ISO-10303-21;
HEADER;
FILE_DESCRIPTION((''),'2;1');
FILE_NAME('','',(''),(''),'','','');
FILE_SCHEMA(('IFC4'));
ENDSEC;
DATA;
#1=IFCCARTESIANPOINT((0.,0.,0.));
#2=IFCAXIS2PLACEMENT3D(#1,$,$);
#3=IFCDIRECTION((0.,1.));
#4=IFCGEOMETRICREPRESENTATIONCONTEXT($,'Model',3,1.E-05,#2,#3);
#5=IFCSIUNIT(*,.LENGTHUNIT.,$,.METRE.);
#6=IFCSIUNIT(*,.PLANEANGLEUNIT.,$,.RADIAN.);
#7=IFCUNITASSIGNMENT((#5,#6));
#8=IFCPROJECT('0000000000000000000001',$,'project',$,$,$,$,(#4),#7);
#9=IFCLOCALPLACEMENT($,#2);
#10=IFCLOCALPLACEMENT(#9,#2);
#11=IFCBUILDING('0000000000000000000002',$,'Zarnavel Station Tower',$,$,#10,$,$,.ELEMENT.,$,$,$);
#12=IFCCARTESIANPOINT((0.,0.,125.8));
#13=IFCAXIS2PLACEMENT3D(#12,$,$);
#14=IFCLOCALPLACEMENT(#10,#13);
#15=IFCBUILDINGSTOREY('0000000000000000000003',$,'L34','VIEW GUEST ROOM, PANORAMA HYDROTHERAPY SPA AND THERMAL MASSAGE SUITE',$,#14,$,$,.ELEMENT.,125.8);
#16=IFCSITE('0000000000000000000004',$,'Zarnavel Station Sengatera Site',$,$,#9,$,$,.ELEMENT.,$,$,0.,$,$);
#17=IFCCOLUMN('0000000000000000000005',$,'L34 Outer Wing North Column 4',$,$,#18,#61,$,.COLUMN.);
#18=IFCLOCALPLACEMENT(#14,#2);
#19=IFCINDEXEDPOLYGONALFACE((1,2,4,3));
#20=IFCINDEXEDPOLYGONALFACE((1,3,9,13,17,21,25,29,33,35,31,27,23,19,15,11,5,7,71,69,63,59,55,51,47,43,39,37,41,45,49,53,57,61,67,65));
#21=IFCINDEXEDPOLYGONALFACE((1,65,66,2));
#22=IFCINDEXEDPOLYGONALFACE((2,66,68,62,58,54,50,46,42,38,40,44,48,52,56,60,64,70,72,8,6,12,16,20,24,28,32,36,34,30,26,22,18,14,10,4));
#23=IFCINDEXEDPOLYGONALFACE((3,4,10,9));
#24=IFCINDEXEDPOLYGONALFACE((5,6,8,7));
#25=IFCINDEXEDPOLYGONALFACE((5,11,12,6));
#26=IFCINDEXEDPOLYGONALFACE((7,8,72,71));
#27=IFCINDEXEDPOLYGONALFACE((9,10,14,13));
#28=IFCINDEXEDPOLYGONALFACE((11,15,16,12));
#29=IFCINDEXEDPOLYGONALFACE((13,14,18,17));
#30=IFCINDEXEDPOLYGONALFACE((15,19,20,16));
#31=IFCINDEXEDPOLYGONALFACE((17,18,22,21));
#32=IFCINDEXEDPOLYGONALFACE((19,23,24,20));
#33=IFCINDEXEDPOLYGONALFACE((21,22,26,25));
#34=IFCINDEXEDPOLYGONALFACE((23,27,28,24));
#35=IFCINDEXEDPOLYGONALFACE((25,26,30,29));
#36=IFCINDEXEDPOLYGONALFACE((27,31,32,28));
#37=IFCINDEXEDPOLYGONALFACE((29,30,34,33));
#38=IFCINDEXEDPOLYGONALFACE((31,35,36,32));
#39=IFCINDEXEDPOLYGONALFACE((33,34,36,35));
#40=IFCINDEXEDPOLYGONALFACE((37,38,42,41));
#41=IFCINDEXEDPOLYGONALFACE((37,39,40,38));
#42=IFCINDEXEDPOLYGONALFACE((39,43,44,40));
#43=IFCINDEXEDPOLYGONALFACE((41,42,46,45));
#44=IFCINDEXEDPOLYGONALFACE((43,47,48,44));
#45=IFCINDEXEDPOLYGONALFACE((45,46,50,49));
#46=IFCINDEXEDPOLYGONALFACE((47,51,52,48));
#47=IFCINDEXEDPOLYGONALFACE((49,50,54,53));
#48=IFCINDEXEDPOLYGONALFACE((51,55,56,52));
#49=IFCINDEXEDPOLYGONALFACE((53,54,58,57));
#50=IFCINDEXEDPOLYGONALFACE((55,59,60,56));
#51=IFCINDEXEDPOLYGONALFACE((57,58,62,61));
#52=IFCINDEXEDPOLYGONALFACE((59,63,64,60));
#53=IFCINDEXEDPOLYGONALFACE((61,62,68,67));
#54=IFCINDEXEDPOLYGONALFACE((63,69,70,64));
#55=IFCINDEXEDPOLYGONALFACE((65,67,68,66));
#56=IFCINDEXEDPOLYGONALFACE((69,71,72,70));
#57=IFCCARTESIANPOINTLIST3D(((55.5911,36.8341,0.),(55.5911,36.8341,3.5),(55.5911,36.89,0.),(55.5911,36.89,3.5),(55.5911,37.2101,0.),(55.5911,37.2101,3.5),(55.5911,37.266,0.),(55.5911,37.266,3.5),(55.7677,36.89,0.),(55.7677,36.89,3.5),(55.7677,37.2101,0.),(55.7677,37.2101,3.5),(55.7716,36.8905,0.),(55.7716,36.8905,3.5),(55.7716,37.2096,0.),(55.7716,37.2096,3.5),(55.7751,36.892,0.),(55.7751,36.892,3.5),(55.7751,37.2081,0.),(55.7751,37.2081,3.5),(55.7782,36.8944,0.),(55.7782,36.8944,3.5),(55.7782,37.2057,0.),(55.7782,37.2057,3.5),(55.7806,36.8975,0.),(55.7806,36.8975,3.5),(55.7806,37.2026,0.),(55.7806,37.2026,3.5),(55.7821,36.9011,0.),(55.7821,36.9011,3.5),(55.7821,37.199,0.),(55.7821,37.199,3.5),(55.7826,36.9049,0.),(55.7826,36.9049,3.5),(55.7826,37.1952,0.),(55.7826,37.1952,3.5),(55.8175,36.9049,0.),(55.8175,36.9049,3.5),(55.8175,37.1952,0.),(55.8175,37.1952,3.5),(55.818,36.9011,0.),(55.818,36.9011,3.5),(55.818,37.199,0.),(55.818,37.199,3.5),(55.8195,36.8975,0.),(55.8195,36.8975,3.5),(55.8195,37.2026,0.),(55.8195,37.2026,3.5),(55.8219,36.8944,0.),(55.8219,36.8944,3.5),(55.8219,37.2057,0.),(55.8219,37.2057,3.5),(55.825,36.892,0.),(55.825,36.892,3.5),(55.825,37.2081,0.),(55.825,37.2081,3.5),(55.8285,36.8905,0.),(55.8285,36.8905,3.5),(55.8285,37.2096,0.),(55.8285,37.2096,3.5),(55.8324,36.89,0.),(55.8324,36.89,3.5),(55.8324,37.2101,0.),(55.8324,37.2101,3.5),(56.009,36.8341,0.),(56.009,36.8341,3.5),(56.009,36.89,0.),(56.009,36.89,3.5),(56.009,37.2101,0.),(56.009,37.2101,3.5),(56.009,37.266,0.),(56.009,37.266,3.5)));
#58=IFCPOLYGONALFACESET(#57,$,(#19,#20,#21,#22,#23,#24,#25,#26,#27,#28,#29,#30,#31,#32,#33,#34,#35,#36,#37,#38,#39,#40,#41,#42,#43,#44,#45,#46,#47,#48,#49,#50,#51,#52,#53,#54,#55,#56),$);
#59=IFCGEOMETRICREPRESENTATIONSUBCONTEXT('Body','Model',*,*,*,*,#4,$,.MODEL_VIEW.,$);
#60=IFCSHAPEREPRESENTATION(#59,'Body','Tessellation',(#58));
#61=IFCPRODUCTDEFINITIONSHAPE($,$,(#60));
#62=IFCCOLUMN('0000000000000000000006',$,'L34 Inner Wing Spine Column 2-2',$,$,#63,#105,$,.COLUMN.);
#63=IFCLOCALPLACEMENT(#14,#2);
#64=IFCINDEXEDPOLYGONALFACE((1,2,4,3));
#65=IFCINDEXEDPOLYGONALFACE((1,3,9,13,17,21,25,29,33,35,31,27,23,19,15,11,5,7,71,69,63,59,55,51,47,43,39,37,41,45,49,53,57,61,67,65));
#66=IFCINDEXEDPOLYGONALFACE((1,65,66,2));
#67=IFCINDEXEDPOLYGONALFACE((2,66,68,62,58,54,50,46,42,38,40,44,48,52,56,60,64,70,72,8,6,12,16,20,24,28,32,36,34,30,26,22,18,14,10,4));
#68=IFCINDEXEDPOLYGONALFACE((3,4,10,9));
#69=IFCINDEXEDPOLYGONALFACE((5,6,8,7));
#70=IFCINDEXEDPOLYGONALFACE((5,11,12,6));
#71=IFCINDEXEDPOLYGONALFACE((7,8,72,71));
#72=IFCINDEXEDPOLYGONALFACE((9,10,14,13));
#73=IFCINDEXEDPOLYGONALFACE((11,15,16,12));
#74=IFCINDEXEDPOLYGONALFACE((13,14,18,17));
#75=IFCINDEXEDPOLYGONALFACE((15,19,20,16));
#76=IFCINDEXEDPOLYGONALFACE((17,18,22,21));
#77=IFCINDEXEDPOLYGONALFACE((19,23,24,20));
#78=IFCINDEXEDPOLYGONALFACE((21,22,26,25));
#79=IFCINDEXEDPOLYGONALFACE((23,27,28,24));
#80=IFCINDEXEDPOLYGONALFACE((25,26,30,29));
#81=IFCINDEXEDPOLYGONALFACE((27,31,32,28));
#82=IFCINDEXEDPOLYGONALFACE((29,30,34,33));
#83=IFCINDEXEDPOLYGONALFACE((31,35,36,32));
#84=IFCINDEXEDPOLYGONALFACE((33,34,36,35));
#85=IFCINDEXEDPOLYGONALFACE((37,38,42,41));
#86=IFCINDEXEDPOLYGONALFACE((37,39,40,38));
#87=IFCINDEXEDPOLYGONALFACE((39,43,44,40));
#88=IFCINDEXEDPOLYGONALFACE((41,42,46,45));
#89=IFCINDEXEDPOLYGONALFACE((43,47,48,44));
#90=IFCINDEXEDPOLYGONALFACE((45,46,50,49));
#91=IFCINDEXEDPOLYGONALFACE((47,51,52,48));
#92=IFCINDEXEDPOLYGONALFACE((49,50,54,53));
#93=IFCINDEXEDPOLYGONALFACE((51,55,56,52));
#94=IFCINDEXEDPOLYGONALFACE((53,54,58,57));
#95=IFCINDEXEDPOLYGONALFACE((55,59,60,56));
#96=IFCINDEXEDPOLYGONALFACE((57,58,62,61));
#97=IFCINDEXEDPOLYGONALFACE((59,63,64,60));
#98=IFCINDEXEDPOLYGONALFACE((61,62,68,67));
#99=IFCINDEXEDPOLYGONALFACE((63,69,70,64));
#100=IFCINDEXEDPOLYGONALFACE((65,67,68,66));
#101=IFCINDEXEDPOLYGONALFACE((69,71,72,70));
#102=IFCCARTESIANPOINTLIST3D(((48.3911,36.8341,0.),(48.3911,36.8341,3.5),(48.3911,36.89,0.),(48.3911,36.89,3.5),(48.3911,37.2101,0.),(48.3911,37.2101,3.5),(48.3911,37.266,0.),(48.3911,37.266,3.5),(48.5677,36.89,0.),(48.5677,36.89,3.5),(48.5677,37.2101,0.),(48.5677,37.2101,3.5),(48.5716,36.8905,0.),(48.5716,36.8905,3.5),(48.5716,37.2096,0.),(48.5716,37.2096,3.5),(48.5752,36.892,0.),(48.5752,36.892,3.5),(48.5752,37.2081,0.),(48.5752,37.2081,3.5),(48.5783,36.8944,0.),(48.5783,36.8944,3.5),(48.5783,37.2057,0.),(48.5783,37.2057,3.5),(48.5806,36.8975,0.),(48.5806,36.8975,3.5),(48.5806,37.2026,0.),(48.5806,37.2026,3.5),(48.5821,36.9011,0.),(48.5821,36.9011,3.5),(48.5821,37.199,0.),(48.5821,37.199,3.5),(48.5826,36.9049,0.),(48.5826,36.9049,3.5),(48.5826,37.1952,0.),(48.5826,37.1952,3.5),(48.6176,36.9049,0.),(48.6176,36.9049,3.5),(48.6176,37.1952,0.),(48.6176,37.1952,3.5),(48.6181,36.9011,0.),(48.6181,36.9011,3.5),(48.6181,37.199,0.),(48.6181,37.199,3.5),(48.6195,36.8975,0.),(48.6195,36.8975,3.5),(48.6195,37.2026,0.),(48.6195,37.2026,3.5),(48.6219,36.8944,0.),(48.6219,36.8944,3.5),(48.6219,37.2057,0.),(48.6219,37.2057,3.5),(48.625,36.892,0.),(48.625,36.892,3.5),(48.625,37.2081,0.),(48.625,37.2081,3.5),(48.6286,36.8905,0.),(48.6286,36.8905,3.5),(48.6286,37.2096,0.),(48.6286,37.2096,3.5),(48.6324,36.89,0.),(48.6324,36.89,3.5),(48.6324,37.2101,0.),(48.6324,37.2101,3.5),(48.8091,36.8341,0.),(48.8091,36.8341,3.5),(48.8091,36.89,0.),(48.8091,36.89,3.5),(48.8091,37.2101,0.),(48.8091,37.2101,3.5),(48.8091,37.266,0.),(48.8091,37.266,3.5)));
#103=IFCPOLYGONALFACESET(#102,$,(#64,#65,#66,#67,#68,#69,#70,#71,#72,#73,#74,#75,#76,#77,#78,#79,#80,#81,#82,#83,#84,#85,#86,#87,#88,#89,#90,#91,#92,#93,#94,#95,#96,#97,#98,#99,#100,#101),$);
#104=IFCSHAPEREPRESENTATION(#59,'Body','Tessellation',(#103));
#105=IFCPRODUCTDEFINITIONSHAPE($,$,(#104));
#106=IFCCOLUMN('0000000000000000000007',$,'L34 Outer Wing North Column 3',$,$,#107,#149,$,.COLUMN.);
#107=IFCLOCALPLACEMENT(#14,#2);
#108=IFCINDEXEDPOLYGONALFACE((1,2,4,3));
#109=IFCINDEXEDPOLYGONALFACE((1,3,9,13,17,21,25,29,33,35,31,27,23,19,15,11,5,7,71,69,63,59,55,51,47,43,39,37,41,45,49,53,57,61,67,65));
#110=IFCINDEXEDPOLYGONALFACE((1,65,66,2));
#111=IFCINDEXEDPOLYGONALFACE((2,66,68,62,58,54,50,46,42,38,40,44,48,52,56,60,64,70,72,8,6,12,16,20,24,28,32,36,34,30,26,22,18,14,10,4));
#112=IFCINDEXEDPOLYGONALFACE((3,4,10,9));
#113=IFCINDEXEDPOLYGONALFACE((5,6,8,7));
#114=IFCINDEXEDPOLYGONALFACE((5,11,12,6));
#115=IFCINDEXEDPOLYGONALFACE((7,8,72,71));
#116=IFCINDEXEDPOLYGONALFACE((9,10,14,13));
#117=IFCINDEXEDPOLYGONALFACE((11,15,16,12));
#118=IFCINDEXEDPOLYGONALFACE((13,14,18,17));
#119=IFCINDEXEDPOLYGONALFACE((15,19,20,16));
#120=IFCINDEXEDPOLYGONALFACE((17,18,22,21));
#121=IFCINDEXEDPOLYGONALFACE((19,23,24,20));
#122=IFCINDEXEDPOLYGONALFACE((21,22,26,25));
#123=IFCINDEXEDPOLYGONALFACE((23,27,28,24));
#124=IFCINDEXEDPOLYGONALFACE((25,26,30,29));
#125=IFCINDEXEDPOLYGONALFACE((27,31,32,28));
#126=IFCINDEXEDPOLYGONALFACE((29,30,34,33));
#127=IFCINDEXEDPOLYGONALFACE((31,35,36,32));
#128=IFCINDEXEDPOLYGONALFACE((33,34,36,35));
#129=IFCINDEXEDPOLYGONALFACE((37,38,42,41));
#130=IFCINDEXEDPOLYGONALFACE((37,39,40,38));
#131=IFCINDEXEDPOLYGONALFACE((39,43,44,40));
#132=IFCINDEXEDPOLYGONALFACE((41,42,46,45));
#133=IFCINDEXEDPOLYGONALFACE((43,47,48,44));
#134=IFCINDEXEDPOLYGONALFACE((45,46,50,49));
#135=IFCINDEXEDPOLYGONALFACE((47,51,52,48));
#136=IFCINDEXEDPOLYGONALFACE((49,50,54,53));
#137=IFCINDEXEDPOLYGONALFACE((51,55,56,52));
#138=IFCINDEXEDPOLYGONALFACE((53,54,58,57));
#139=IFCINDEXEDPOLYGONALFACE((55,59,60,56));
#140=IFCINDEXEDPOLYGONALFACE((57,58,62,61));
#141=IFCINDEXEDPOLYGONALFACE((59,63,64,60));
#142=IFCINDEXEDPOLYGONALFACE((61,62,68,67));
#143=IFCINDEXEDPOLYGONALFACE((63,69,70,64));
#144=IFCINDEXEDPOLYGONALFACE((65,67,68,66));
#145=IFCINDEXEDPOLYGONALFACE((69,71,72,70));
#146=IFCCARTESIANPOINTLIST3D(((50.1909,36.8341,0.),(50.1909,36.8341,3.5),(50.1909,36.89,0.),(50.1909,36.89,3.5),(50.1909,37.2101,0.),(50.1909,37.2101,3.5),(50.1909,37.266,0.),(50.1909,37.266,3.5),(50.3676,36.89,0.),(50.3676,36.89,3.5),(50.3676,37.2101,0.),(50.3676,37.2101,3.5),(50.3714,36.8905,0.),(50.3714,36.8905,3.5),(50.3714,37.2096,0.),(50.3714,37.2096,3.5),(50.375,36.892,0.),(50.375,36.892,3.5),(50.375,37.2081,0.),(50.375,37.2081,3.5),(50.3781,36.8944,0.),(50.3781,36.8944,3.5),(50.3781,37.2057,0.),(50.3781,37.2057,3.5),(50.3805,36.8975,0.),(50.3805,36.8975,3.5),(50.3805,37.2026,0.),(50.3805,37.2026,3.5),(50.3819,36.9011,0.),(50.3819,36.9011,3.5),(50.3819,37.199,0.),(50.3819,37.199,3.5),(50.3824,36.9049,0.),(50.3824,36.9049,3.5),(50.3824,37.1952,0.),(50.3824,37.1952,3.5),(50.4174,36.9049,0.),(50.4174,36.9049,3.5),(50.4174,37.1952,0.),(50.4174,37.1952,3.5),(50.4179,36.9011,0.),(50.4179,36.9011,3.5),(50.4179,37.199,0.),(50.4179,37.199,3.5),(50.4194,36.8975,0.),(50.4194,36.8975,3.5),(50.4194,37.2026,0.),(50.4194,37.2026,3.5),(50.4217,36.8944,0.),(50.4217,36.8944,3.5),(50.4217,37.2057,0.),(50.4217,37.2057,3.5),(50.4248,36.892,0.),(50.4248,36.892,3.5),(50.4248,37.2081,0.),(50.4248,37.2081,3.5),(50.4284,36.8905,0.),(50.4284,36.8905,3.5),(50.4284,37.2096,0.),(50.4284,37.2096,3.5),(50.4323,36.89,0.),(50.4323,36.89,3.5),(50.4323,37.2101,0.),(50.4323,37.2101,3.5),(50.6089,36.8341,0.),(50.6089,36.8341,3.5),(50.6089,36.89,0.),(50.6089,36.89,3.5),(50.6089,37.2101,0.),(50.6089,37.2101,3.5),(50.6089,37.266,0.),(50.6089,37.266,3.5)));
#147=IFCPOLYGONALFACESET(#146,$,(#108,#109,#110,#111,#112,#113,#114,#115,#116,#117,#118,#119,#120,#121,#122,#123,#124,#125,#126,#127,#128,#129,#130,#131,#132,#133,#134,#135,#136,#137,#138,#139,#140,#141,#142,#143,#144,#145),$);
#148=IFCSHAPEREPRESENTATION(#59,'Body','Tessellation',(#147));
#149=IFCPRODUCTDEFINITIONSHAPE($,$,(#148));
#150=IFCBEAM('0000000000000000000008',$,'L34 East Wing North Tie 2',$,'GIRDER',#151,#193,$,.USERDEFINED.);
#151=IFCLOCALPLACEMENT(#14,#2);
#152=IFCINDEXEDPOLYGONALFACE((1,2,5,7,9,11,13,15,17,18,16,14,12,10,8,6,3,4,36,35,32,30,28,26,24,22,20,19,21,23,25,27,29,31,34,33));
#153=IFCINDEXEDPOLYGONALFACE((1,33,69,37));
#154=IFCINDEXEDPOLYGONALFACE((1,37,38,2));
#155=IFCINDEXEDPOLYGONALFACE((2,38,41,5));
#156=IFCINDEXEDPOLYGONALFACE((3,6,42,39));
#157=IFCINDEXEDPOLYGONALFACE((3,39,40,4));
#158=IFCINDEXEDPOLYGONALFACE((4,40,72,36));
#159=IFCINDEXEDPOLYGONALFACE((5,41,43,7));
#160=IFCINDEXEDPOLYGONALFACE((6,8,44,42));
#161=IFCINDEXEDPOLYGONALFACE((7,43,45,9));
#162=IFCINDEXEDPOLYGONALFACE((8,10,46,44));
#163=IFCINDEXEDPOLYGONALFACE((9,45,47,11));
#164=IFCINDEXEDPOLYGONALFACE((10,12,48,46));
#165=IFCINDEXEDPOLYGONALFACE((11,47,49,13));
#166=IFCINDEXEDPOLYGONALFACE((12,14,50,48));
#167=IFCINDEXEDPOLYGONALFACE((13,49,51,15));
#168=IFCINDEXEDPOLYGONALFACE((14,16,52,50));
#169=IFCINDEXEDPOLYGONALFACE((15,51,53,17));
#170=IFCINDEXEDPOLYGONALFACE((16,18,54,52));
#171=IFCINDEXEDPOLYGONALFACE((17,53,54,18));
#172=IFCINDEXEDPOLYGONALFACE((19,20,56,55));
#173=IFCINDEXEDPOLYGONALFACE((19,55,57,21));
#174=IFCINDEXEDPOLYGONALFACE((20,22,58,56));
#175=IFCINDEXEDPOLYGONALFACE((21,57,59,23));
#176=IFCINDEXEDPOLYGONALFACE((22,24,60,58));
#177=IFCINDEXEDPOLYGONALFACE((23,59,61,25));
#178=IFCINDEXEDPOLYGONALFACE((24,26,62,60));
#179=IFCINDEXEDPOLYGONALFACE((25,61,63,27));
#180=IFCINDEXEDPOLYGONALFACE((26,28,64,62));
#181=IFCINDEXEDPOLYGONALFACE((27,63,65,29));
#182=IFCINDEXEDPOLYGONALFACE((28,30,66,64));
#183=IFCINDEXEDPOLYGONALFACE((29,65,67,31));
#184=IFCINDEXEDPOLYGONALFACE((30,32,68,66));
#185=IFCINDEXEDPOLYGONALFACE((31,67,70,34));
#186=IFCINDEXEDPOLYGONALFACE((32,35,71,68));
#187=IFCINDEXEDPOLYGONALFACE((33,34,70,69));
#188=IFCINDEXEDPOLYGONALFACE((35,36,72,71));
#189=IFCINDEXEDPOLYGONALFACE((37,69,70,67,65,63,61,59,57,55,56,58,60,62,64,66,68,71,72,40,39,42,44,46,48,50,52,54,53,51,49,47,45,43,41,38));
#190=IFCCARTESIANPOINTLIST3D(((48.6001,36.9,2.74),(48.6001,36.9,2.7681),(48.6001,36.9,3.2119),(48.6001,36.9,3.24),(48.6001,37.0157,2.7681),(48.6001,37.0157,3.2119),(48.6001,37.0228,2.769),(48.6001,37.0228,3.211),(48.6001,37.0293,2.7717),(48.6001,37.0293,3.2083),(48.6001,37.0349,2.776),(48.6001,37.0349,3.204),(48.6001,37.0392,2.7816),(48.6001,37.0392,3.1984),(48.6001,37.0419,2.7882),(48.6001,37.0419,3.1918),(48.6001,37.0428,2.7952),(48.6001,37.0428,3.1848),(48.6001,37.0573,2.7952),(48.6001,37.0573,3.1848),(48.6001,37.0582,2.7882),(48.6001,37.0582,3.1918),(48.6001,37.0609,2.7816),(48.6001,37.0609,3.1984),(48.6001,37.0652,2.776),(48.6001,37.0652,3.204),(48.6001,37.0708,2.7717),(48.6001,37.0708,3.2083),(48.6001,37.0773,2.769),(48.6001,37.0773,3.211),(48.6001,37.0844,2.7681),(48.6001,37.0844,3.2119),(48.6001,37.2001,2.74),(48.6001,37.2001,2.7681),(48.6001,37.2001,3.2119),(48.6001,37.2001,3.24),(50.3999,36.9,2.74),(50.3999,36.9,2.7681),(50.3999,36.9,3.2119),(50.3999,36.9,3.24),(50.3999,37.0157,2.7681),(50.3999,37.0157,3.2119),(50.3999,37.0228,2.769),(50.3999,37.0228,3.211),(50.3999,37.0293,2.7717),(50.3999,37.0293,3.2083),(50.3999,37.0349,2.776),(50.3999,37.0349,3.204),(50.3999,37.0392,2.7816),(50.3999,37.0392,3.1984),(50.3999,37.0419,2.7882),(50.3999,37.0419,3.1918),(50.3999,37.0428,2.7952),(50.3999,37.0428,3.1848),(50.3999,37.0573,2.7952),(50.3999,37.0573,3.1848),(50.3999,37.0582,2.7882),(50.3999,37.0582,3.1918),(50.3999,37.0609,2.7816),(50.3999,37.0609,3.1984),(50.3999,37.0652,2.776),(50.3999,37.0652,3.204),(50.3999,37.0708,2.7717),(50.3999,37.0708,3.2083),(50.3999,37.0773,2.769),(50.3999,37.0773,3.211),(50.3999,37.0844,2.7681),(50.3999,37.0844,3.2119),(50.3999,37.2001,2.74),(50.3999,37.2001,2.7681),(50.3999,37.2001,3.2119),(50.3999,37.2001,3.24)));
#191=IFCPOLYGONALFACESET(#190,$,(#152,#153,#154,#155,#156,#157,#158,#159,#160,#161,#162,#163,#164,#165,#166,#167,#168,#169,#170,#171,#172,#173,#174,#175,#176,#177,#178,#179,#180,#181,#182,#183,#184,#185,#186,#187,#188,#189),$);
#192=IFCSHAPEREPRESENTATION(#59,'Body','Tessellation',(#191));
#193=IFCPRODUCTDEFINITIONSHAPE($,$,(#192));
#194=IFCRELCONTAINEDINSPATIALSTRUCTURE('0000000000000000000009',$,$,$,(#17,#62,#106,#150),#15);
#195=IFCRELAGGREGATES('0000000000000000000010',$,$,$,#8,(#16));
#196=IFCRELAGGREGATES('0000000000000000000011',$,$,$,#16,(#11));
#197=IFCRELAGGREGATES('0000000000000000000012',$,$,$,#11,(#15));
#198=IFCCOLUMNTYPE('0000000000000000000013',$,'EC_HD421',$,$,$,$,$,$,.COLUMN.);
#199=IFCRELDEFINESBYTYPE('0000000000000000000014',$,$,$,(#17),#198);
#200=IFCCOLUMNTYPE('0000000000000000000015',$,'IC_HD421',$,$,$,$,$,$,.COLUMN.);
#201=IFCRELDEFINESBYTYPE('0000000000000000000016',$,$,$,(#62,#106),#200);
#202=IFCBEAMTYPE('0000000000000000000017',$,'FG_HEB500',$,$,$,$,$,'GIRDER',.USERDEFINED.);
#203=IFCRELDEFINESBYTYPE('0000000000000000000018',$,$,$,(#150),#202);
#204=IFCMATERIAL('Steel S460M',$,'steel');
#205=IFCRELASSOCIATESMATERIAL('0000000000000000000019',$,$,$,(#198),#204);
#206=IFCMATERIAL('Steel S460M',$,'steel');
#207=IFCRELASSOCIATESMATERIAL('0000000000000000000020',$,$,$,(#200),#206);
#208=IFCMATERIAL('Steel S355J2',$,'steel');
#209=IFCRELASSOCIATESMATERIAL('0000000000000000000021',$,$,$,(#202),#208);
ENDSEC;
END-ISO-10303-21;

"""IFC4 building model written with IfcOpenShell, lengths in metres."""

from ifc_helpers import new_model, si_unit, direction, frame, origin, origin_2d, place, context, subcontext, project, spatial, i_section, extrude, material, material_profile, profile_set, type_object, element, save


model = new_model("IFC4")

# Units and contexts
model_context = context("Model", 3, precision=1e-05, world=origin(), true_north=direction((0.0, 1.0)))
body_context = subcontext(model_context, "Body", "Model", "MODEL_VIEW")
ifc_project = project(units=[si_unit("LENGTHUNIT", "METRE"), si_unit("PLANEANGLEUNIT", "RADIAN")], contexts=[model_context])

# Site, building, storey
site_placement = place(None, origin())
site = spatial("IfcSite", under=ifc_project, at=site_placement, Name="Zarnavel Station Sengatera Site", CompositionType="ELEMENT", RefElevation=0.0)
building_placement = place(site_placement, origin())
building = spatial("IfcBuilding", under=site, at=building_placement, Name="Zarnavel Station Tower", CompositionType="ELEMENT")
storey_placement = place(building_placement, frame((0.0, 0.0, 125.8)))
storey = spatial("IfcBuildingStorey", under=building, at=storey_placement, Name="L34", Description="VIEW GUEST ROOM, PANORAMA HYDROTHERAPY SPA AND THERMAL MASSAGE SUITE", CompositionType="ELEMENT", Elevation=125.8)

# Columns
ifc_material_1 = material(Name="Steel S460M", Category="steel")
ifc_material_profile_1 = material_profile(ifc_material_1, i_section(OverallWidth=0.418, OverallDepth=0.4319, WebThickness=0.0349, FlangeThickness=0.0559, FilletRadius=0.0149, at=origin_2d()), Name="HD400x421")
ifc_profile_set_1 = profile_set([ifc_material_profile_1], Name="Steel S460M")
column_type_1 = type_object("IfcColumnType", Name="EC_HD421", PredefinedType="COLUMN", material=ifc_profile_set_1)
column_placement = place(storey_placement, frame((55.8, 37.05, 0.0), z_axis=(0.0, 0.0, 1.0), x_axis=(1.0, 0.0, 0.0)))
element("IfcColumn", 1, at=column_placement, inside=storey, type_object=column_type_1, Name="L34 Outer Wing North Column 4", PredefinedType="COLUMN", context=body_context, shape_type="SweptSolid", body=[
    extrude(i_section(OverallWidth=0.418, OverallDepth=0.4319, WebThickness=0.0349, FlangeThickness=0.0559, FilletRadius=0.0149, at=origin_2d()), origin(), (0.0, 0.0, 1.0), 3.5),
])
ifc_material_2 = material(Name="Steel S460M", Category="steel")
ifc_material_profile_2 = material_profile(ifc_material_2, i_section(OverallWidth=0.418, OverallDepth=0.4319, WebThickness=0.0349, FlangeThickness=0.0559, FilletRadius=0.0149, at=origin_2d()), Name="HD400x421")
ifc_profile_set_2 = profile_set([ifc_material_profile_2], Name="Steel S460M")
column_type_2 = type_object("IfcColumnType", Name="IC_HD421", PredefinedType="COLUMN", material=ifc_profile_set_2)
for number, where, z_axis, x_axis, name in (
    (2, (48.6001, 37.05, 0.0), (0.0, 0.0, 1.0), (1.0, 0.0, 0.0), "L34 Inner Wing Spine Column 2-2"),
    (3, (50.3999, 37.05, 0.0), (0.0, 0.0, 1.0), (1.0, 0.0, 0.0), "L34 Outer Wing North Column 3"),
):
    element("IfcColumn", number, at=place(storey_placement, frame(where, z_axis=z_axis, x_axis=x_axis)), inside=storey, type_object=column_type_2, Name=name, PredefinedType="COLUMN", context=body_context, shape_type="SweptSolid", body=[
        extrude(i_section(OverallWidth=0.418, OverallDepth=0.4319, WebThickness=0.0349, FlangeThickness=0.0559, FilletRadius=0.0149, at=origin_2d()), origin(), (0.0, 0.0, 1.0), 3.5),
    ])

# Beam
ifc_material_3 = material(Name="Steel S355J2", Category="steel")
ifc_material_profile_3 = material_profile(ifc_material_3, i_section(OverallWidth=0.3, OverallDepth=0.5, WebThickness=0.0144, FlangeThickness=0.0281, FilletRadius=0.0271, at=origin_2d()), Name="HEB500")
ifc_profile_set_3 = profile_set([ifc_material_profile_3], Name="Steel S355J2")
beam_type = type_object("IfcBeamType", Name="FG_HEB500", ElementType="GIRDER", PredefinedType="USERDEFINED", material=ifc_profile_set_3)
beam_1_placement = place(storey_placement, frame((48.6001, 37.05, 2.99), z_axis=(1.0, 0.0, 0.0), x_axis=(0.0, 1.0, 0.0)))
element("IfcBeam", 4, at=beam_1_placement, inside=storey, type_object=beam_type, Name="L34 East Wing North Tie 2", ObjectType="GIRDER", PredefinedType="USERDEFINED", context=body_context, shape_type="SweptSolid", body=[
    extrude(i_section(OverallWidth=0.3, OverallDepth=0.5, WebThickness=0.0144, FlangeThickness=0.0281, FilletRadius=0.0271, at=origin_2d()), origin(), (0.0, 0.0, 1.0), 1.7998),
])

save(model, "model.ifc")
